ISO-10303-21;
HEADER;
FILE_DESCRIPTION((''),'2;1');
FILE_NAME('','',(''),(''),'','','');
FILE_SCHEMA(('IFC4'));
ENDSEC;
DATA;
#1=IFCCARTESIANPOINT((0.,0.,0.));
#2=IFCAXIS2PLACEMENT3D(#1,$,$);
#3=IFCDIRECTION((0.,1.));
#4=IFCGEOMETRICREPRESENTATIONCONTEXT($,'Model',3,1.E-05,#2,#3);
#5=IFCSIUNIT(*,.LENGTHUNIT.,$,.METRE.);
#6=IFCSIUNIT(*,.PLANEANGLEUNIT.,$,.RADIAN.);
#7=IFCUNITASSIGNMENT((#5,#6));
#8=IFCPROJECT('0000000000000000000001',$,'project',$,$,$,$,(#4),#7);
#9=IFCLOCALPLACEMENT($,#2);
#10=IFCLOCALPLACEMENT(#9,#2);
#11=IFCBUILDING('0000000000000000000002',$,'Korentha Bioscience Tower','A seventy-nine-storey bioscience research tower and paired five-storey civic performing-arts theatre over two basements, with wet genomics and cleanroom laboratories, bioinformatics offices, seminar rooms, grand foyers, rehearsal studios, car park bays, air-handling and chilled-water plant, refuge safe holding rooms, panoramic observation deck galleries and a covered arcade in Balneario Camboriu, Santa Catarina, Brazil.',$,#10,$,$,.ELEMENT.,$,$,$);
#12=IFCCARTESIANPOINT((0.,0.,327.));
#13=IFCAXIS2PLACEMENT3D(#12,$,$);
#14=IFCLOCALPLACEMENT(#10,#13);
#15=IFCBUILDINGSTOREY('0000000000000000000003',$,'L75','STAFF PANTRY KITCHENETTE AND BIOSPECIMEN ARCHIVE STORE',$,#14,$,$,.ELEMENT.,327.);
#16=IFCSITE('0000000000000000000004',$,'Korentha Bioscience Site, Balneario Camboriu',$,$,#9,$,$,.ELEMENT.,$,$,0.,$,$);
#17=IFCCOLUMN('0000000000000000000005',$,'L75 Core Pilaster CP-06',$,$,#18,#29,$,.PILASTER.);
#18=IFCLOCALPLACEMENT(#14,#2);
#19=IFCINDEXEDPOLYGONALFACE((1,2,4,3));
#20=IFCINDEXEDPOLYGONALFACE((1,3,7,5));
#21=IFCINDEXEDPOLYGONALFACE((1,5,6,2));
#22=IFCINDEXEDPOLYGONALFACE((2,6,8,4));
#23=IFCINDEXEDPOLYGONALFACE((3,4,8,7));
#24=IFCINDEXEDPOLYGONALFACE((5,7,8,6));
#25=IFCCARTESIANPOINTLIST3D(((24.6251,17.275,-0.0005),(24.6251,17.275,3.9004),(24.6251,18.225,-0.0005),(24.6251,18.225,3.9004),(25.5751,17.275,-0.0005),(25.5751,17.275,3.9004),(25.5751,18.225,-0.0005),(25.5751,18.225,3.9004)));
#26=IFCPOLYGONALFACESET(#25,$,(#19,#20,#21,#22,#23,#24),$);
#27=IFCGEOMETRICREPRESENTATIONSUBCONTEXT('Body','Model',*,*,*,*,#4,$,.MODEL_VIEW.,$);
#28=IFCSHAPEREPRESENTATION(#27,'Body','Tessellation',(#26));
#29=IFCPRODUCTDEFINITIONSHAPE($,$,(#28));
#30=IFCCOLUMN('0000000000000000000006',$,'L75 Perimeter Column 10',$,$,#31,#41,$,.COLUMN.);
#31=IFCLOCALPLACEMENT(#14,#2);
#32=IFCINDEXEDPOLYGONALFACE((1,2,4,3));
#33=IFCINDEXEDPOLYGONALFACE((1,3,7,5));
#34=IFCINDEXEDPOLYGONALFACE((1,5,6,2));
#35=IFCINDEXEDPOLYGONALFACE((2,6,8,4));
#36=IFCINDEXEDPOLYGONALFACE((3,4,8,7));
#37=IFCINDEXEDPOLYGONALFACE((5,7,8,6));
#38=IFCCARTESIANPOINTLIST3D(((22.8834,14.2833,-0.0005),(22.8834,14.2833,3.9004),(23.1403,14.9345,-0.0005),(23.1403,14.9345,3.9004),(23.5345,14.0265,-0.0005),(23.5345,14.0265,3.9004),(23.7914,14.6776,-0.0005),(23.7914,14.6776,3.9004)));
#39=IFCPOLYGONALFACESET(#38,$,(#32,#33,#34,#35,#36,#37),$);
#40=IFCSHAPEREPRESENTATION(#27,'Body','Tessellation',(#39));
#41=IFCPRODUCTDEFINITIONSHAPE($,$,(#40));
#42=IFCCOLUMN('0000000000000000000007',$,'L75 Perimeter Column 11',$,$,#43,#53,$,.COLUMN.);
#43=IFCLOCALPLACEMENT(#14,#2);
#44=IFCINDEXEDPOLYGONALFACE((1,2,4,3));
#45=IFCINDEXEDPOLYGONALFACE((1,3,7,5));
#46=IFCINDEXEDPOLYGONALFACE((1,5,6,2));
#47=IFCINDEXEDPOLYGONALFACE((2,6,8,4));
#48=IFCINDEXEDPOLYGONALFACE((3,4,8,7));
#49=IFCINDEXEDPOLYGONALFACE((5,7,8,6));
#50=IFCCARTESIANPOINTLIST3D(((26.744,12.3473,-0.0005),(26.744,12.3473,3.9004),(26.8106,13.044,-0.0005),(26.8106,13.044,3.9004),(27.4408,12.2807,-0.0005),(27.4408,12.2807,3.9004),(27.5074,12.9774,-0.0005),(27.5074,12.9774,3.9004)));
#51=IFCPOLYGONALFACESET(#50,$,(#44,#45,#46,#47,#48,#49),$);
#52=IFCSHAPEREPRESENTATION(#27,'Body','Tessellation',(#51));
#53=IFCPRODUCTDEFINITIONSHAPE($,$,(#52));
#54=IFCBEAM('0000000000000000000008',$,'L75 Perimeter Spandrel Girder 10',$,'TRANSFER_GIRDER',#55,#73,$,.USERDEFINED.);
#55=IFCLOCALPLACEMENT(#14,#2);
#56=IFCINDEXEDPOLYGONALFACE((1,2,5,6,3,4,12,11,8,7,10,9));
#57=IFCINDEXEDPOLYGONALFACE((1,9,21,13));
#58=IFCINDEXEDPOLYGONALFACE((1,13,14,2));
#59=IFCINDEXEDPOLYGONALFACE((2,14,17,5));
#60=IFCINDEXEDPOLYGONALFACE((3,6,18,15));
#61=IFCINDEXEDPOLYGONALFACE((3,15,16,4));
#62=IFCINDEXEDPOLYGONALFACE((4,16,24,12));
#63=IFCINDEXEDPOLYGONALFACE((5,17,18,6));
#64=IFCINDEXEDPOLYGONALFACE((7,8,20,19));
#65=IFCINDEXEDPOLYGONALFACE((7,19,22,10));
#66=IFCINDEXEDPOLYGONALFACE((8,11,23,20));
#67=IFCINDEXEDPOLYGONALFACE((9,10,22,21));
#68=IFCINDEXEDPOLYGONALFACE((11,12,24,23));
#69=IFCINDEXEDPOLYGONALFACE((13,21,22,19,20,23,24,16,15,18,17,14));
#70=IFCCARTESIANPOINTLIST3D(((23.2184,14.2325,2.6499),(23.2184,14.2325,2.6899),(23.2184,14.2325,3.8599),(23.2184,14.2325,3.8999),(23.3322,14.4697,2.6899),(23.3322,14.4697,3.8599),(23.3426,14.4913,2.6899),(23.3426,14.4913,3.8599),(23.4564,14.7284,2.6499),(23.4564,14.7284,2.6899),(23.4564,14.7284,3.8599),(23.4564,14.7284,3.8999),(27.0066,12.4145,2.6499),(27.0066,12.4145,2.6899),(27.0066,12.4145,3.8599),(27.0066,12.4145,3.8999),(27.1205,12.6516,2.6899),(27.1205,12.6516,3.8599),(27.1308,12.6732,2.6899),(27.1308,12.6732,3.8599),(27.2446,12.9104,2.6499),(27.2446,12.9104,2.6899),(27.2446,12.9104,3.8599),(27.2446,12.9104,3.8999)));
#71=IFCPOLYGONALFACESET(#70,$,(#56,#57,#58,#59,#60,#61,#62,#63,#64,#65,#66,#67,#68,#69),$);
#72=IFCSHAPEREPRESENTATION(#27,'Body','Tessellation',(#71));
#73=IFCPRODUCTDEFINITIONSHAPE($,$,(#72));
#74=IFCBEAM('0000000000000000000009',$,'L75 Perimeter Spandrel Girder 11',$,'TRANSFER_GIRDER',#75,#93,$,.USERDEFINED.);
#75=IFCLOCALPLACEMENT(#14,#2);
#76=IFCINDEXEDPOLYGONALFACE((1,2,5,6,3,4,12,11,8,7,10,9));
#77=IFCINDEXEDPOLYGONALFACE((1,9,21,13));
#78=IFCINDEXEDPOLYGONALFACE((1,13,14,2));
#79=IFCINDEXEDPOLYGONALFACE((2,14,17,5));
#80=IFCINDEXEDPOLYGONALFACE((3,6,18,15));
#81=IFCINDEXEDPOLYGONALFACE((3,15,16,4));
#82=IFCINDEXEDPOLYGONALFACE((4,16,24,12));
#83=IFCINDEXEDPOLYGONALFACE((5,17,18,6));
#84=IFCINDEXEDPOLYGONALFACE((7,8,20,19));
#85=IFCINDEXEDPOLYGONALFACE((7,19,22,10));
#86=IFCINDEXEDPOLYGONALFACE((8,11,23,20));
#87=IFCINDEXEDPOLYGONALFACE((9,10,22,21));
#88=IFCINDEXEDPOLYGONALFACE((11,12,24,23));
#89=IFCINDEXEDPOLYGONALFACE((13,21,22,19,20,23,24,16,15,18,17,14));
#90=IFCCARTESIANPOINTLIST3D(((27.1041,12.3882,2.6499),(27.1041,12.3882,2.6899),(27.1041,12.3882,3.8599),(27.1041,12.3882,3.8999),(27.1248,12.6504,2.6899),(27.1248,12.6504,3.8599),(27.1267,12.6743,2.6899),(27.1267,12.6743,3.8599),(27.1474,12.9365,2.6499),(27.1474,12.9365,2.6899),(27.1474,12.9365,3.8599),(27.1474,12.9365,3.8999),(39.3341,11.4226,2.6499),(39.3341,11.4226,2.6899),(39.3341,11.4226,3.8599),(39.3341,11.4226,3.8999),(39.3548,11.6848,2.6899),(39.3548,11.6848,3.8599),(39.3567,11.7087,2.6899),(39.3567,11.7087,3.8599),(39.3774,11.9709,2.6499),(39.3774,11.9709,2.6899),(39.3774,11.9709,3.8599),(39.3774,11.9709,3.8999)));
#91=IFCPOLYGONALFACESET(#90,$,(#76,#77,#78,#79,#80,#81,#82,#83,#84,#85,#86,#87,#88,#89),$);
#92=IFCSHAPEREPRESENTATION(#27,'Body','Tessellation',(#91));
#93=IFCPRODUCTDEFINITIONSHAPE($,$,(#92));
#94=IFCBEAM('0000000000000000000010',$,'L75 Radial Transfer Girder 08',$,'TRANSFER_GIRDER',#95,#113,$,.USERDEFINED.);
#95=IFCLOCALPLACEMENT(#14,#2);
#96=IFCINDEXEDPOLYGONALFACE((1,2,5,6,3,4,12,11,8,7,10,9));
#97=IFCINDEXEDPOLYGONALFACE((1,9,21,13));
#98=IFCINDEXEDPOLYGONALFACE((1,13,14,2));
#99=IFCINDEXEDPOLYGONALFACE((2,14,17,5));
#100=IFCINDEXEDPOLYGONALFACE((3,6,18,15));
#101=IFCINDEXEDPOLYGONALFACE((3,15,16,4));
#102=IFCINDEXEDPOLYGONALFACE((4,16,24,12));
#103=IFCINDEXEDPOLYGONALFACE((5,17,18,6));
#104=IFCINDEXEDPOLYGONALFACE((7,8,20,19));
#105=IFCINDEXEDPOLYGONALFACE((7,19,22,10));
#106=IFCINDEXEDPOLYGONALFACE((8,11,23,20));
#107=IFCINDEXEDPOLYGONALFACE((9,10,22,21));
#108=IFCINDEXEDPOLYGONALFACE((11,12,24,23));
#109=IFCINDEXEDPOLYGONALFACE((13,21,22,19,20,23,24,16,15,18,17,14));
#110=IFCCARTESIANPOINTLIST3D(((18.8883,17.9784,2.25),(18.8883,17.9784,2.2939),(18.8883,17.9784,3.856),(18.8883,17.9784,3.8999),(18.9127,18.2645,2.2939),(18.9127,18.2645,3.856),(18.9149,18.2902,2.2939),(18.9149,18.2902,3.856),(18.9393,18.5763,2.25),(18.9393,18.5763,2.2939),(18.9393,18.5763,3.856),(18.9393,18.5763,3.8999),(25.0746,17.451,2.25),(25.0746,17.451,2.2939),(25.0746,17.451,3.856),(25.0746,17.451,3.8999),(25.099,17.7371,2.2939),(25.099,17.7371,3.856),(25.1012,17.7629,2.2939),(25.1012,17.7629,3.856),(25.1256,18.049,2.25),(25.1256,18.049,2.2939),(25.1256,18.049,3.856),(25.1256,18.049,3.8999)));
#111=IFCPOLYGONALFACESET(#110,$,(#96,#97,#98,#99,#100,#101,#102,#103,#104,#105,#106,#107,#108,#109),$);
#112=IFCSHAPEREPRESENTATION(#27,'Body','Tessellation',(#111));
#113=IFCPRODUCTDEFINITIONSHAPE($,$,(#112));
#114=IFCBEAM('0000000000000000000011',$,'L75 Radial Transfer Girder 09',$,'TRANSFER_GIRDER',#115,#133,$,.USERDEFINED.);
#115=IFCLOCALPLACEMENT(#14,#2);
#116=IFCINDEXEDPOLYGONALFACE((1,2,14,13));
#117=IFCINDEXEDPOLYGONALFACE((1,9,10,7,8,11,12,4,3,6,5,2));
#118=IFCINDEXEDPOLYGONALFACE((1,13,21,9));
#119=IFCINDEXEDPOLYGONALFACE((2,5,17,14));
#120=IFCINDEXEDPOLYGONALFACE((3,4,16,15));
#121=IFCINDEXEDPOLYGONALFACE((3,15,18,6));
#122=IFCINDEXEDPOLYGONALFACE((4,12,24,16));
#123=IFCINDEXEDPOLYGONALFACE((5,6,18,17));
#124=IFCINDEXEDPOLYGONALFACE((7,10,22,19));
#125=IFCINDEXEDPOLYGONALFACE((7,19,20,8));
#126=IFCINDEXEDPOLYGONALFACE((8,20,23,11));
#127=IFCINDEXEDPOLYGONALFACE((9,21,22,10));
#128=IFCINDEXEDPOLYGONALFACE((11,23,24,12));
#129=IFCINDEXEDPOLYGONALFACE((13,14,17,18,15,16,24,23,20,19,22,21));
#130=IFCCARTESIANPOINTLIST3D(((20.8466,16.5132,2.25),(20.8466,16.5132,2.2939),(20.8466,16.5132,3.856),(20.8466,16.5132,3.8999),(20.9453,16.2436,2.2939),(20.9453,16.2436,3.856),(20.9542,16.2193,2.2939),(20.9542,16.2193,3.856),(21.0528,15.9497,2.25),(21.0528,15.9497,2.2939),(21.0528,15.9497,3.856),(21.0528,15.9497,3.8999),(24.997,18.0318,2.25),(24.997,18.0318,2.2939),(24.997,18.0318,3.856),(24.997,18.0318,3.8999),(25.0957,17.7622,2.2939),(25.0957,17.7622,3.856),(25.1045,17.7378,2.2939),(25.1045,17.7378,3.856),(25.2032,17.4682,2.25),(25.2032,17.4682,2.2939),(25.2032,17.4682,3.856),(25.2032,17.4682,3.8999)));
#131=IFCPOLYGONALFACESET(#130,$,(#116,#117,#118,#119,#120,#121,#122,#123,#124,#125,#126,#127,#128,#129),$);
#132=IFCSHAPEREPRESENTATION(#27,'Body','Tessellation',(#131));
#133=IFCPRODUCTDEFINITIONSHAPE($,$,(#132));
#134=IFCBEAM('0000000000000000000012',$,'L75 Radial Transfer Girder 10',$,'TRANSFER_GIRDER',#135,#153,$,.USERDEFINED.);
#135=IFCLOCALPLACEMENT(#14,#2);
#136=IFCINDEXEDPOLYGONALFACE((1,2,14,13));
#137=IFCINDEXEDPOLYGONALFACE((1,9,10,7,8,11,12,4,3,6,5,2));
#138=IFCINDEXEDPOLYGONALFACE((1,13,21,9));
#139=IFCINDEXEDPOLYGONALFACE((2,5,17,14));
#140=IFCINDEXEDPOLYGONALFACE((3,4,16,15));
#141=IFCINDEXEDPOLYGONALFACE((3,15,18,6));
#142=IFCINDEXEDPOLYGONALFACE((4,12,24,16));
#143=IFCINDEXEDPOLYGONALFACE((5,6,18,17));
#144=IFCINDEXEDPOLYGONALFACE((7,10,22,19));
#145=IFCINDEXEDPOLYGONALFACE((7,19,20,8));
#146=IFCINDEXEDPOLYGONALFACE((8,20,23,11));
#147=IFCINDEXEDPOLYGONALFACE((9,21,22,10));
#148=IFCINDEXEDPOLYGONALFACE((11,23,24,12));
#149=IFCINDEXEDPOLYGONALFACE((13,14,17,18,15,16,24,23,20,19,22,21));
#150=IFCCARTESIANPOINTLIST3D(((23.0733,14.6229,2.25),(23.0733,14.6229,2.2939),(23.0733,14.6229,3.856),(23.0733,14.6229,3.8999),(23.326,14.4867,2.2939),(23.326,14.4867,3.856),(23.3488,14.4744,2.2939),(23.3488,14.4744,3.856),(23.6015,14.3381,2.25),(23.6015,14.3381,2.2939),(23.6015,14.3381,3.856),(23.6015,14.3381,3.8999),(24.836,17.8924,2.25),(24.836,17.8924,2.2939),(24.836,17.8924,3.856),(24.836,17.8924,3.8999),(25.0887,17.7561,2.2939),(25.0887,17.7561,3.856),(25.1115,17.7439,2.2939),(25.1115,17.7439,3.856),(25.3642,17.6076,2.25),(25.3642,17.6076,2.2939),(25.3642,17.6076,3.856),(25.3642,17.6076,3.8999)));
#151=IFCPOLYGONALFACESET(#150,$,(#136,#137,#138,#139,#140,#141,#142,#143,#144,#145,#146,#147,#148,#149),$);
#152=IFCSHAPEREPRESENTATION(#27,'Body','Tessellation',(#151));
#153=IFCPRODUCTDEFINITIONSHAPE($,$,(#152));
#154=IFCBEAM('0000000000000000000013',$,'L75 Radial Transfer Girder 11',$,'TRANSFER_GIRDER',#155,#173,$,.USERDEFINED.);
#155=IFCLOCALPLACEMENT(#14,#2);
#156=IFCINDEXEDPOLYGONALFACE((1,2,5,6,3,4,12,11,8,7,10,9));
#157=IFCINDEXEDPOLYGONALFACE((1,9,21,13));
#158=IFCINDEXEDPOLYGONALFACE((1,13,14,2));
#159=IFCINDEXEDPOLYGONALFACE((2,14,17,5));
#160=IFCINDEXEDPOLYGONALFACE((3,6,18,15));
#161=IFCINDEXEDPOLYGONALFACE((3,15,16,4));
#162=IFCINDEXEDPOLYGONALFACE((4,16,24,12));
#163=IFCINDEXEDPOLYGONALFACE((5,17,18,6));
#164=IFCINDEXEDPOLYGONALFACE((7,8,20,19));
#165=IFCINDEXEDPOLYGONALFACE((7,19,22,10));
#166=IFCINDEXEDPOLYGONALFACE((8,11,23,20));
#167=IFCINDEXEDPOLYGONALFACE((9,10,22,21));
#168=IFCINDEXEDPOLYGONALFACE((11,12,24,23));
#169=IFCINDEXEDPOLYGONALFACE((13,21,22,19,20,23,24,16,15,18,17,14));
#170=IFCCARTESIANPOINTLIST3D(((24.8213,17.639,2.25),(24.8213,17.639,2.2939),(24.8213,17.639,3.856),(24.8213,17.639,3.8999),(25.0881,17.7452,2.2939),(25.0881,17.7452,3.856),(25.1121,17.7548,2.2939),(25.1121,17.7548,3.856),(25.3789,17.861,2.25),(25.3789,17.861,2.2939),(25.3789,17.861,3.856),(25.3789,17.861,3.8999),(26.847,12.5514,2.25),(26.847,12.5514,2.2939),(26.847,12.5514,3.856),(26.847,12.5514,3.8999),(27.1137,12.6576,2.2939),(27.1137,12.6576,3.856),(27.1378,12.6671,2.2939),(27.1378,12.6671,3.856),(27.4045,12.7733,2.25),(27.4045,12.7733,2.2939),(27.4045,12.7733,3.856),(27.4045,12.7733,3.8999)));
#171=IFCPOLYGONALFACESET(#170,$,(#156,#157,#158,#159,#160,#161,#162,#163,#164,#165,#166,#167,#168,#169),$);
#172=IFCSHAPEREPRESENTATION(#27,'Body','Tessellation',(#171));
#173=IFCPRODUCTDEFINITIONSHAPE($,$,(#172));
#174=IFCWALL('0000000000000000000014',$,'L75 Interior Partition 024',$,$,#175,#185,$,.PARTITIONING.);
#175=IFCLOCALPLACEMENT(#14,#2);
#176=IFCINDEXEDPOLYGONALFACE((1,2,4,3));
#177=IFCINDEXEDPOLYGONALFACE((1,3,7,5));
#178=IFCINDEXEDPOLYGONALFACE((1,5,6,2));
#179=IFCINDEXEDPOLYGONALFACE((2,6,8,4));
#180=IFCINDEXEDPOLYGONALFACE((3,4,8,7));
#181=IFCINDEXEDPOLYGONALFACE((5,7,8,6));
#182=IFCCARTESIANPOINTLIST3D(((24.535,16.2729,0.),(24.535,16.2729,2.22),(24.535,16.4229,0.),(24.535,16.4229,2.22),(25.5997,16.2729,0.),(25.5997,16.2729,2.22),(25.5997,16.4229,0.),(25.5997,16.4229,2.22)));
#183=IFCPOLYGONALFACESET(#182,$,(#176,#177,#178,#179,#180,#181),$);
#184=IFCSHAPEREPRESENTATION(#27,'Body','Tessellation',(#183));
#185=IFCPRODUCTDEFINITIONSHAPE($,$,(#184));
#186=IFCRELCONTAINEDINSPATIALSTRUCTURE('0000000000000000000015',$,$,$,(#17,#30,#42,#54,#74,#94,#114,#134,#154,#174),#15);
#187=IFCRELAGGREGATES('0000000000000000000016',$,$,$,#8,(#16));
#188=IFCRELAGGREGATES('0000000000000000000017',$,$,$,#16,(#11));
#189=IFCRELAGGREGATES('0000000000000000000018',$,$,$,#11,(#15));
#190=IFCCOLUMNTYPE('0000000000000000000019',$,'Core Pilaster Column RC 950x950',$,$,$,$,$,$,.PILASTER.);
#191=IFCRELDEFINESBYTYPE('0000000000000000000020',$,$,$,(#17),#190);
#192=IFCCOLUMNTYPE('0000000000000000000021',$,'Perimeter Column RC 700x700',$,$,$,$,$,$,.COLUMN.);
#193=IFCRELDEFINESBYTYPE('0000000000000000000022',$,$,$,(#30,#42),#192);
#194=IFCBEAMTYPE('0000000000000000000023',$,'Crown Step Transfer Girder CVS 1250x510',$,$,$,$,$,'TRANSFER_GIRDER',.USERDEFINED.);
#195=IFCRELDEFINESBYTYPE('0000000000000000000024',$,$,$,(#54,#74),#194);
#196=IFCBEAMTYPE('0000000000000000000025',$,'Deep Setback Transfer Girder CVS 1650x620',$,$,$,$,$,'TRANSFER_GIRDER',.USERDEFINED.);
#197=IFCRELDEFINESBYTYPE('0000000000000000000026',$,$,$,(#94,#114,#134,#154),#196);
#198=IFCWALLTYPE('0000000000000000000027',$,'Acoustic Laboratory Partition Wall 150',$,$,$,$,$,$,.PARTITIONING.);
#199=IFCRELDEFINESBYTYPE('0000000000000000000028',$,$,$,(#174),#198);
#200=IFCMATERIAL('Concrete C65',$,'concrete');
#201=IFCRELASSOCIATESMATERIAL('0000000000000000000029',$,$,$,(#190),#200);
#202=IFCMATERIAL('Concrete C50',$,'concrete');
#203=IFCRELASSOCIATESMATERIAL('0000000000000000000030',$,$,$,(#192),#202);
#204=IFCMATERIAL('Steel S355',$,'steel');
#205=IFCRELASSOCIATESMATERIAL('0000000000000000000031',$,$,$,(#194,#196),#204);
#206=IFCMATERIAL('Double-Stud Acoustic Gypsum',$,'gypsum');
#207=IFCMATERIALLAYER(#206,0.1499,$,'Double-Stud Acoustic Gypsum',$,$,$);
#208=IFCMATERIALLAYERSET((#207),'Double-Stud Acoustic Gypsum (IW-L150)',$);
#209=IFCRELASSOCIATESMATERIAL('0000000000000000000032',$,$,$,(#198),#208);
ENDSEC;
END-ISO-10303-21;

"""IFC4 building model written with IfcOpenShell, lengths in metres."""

from ifc_helpers import new_model, si_unit, direction, frame, frame_2d, origin, origin_2d, place, context, subcontext, project, spatial, rectangle, i_section, extrude, material, layer, layer_set, material_profile, profile_set, type_object, element, save


model = new_model("IFC4")

# Units and contexts
model_context = context("Model", 3, precision=1e-05, world=origin(), true_north=direction((0.0, 1.0)))
body_context = subcontext(model_context, "Body", "Model", "MODEL_VIEW")
ifc_project = project(units=[si_unit("LENGTHUNIT", "METRE"), si_unit("PLANEANGLEUNIT", "RADIAN")], contexts=[model_context])

# Site, building, storey
site_placement = place(None, origin())
site = spatial("IfcSite", under=ifc_project, at=site_placement, Name="Korentha Bioscience Site, Balneario Camboriu", CompositionType="ELEMENT", RefElevation=0.0)
building_placement = place(site_placement, origin())
building = spatial("IfcBuilding", under=site, at=building_placement, Name="Korentha Bioscience Tower", Description="A seventy-nine-storey bioscience research tower and paired five-storey civic performing-arts theatre over two basements, with wet genomics and cleanroom laboratories, bioinformatics offices, seminar rooms, grand foyers, rehearsal studios, car park bays, air-handling and chilled-water plant, refuge safe holding rooms, panoramic observation deck galleries and a covered arcade in Balneario Camboriu, Santa Catarina, Brazil.", CompositionType="ELEMENT")
storey_placement = place(building_placement, frame((0.0, 0.0, 327.0)))
storey = spatial("IfcBuildingStorey", under=building, at=storey_placement, Name="L75", Description="STAFF PANTRY KITCHENETTE AND BIOSPECIMEN ARCHIVE STORE", CompositionType="ELEMENT", Elevation=327.0)

# Columns
ifc_material_1 = material(Name="Concrete C65", Category="concrete")
ifc_material_profile_1 = material_profile(ifc_material_1, rectangle(XDim=0.95, YDim=0.95, at=origin_2d()), Name="Concrete C65")
ifc_profile_set_1 = profile_set([ifc_material_profile_1], Name="Concrete C65 (COL-CP09)")
column_type_1 = type_object("IfcColumnType", Name="Core Pilaster Column RC 950x950", PredefinedType="PILASTER", material=ifc_profile_set_1)
column_placement = place(storey_placement, frame((25.1001, 17.75, -0.0005), z_axis=(0.0, 0.0, 1.0), x_axis=(1.0, 0.0, 0.0)))
element("IfcColumn", 1, at=column_placement, inside=storey, type_object=column_type_1, Name="L75 Core Pilaster CP-06", PredefinedType="PILASTER", context=body_context, shape_type="SweptSolid", body=[
    extrude(rectangle(XDim=0.95, YDim=0.95, at=origin_2d()), origin(), (0.0, 0.0, 1.0), 3.9009),
])
ifc_material_2 = material(Name="Concrete C50", Category="concrete")
ifc_material_profile_2 = material_profile(ifc_material_2, rectangle(XDim=0.7, YDim=0.7, at=origin_2d()), Name="Concrete C50")
ifc_profile_set_2 = profile_set([ifc_material_profile_2], Name="Concrete C50 (COL-P07)")
column_type_2 = type_object("IfcColumnType", Name="Perimeter Column RC 700x700", PredefinedType="COLUMN", material=ifc_profile_set_2)
for number, where, z_axis, x_axis, name in (
    (2, (23.3374, 14.4805, -0.0005), (0.0, 0.0, 1.0), (-0.930226, 0.366988, 0.0), "L75 Perimeter Column 10"),
    (3, (27.1257, 12.6624, -0.0005), (0.0, 0.0, 1.0), (-0.995463, 0.095151, 0.0), "L75 Perimeter Column 11"),
):
    element("IfcColumn", number, at=place(storey_placement, frame(where, z_axis=z_axis, x_axis=x_axis)), inside=storey, type_object=column_type_2, Name=name, PredefinedType="COLUMN", context=body_context, shape_type="SweptSolid", body=[
        extrude(rectangle(XDim=0.7, YDim=0.7, at=origin_2d()), origin(), (0.0, 0.0, 1.0), 3.9009),
    ])

# Beams
ifc_material_3 = material(Name="Steel S355", Category="steel")
ifc_material_profile_3 = material_profile(ifc_material_3, i_section(OverallWidth=0.55, OverallDepth=1.25, WebThickness=0.0239, FlangeThickness=0.04, at=origin_2d()), Name="Steel S355")
ifc_profile_set_3 = profile_set([ifc_material_profile_3], Name="Steel S355 (TG-03)")
beam_type_1 = type_object("IfcBeamType", Name="Crown Step Transfer Girder CVS 1250x510", ElementType="TRANSFER_GIRDER", PredefinedType="USERDEFINED", material=ifc_profile_set_3)
beam_1_placement = place(storey_placement, frame((23.3374, 14.4805, 3.2749), z_axis=(0.901549, -0.432676, 0.0), x_axis=(0.432676, 0.901549, 0.0)))
element("IfcBeam", 4, at=beam_1_placement, inside=storey, type_object=beam_type_1, Name="L75 Perimeter Spandrel Girder 10", ObjectType="TRANSFER_GIRDER", PredefinedType="USERDEFINED", context=body_context, shape_type="SweptSolid", body=[
    extrude(i_section(OverallWidth=0.55, OverallDepth=1.25, WebThickness=0.0239, FlangeThickness=0.04, at=origin_2d()), origin(), (0.0, 0.0, 1.0), 4.2019),
])
beam_2_placement = place(storey_placement, frame((27.1257, 12.6624, 3.2749), z_axis=(0.996898, -0.078707, 0.0), x_axis=(0.078707, 0.996898, 0.0)))
element("IfcBeam", 5, at=beam_2_placement, inside=storey, type_object=beam_type_1, Name="L75 Perimeter Spandrel Girder 11", ObjectType="TRANSFER_GIRDER", PredefinedType="USERDEFINED", context=body_context, shape_type="SweptSolid", body=[
    extrude(i_section(OverallWidth=0.55, OverallDepth=1.25, WebThickness=0.0239, FlangeThickness=0.04, at=origin_2d()), origin(), (0.0, 0.0, 1.0), 12.2681),
])
ifc_material_profile_4 = material_profile(ifc_material_3, i_section(OverallWidth=0.6001, OverallDepth=1.6499, WebThickness=0.0259, FlangeThickness=0.0439, at=origin_2d()), Name="Steel S355")
ifc_profile_set_4 = profile_set([ifc_material_profile_4], Name="Steel S355 (TG-04)")
beam_type_2 = type_object("IfcBeamType", Name="Deep Setback Transfer Girder CVS 1650x620", ElementType="TRANSFER_GIRDER", PredefinedType="USERDEFINED", material=ifc_profile_set_4)
beam_3_placement = place(storey_placement, frame((25.1001, 17.75, 3.075), z_axis=(-0.996386, 0.084936, 0.0), x_axis=(-0.084936, -0.996386, 0.0)))
element("IfcBeam", 6, at=beam_3_placement, inside=storey, type_object=beam_type_2, Name="L75 Radial Transfer Girder 08", ObjectType="TRANSFER_GIRDER", PredefinedType="USERDEFINED", context=body_context, shape_type="SweptSolid", body=[
    extrude(i_section(OverallWidth=0.6001, OverallDepth=1.6499, WebThickness=0.0259, FlangeThickness=0.0439, at=origin_2d()), origin(), (0.0, 0.0, 1.0), 6.2087),
])
beam_4_placement = place(storey_placement, frame((25.1001, 17.75, 3.075), z_axis=(-0.939114, -0.343605, 0.0), x_axis=(0.343605, -0.939114, 0.0)))
element("IfcBeam", 7, at=beam_4_placement, inside=storey, type_object=beam_type_2, Name="L75 Radial Transfer Girder 09", ObjectType="TRANSFER_GIRDER", PredefinedType="USERDEFINED", context=body_context, shape_type="SweptSolid", body=[
    extrude(i_section(OverallWidth=0.6001, OverallDepth=1.6499, WebThickness=0.0259, FlangeThickness=0.0439, at=origin_2d()), origin(), (0.0, 0.0, 1.0), 4.4194),
])
beam_5_placement = place(storey_placement, frame((25.1001, 17.75, 3.075), z_axis=(-0.474554, -0.880226, 0.0), x_axis=(0.880226, -0.474554, 0.0)))
element("IfcBeam", 8, at=beam_5_placement, inside=storey, type_object=beam_type_2, Name="L75 Radial Transfer Girder 10", ObjectType="TRANSFER_GIRDER", PredefinedType="USERDEFINED", context=body_context, shape_type="SweptSolid", body=[
    extrude(i_section(OverallWidth=0.6001, OverallDepth=1.6499, WebThickness=0.0259, FlangeThickness=0.0439, at=origin_2d()), origin(), (0.0, 0.0, 1.0), 3.7144),
])
beam_6_placement = place(storey_placement, frame((25.1001, 17.75, 3.075), z_axis=(0.369907, -0.929069, 0.0), x_axis=(0.929069, 0.369907, 0.0)))
element("IfcBeam", 9, at=beam_6_placement, inside=storey, type_object=beam_type_2, Name="L75 Radial Transfer Girder 11", ObjectType="TRANSFER_GIRDER", PredefinedType="USERDEFINED", context=body_context, shape_type="SweptSolid", body=[
    extrude(i_section(OverallWidth=0.6001, OverallDepth=1.6499, WebThickness=0.0259, FlangeThickness=0.0439, at=origin_2d()), origin(), (0.0, 0.0, 1.0), 5.4761),
])

# Wall
ifc_material_4 = material(Name="Double-Stud Acoustic Gypsum", Category="gypsum")
ifc_layer_1 = layer(ifc_material_4, 0.1499, Name="Double-Stud Acoustic Gypsum")
ifc_layer_set_1 = layer_set([ifc_layer_1], Name="Double-Stud Acoustic Gypsum (IW-L150)")
wall_type_1 = type_object("IfcWallType", Name="Acoustic Laboratory Partition Wall 150", PredefinedType="PARTITIONING", material=ifc_layer_set_1)
wall_1_placement = place(storey_placement, frame((24.5352, 16.3479, 0.0), z_axis=(0.0, 0.0, 1.0), x_axis=(1.0, 0.0, 0.0)))
element("IfcWall", 10, at=wall_1_placement, inside=storey, type_object=wall_type_1, Name="L75 Interior Partition 024", PredefinedType="PARTITIONING", context=body_context, shape_type="SweptSolid", body=[
    extrude(rectangle(XDim=1.0647, YDim=0.1499, at=frame_2d((0.5322, 0.0))), origin(), (0.0, 0.0, 1.0), 2.22),
])

save(model, "model.ifc")
